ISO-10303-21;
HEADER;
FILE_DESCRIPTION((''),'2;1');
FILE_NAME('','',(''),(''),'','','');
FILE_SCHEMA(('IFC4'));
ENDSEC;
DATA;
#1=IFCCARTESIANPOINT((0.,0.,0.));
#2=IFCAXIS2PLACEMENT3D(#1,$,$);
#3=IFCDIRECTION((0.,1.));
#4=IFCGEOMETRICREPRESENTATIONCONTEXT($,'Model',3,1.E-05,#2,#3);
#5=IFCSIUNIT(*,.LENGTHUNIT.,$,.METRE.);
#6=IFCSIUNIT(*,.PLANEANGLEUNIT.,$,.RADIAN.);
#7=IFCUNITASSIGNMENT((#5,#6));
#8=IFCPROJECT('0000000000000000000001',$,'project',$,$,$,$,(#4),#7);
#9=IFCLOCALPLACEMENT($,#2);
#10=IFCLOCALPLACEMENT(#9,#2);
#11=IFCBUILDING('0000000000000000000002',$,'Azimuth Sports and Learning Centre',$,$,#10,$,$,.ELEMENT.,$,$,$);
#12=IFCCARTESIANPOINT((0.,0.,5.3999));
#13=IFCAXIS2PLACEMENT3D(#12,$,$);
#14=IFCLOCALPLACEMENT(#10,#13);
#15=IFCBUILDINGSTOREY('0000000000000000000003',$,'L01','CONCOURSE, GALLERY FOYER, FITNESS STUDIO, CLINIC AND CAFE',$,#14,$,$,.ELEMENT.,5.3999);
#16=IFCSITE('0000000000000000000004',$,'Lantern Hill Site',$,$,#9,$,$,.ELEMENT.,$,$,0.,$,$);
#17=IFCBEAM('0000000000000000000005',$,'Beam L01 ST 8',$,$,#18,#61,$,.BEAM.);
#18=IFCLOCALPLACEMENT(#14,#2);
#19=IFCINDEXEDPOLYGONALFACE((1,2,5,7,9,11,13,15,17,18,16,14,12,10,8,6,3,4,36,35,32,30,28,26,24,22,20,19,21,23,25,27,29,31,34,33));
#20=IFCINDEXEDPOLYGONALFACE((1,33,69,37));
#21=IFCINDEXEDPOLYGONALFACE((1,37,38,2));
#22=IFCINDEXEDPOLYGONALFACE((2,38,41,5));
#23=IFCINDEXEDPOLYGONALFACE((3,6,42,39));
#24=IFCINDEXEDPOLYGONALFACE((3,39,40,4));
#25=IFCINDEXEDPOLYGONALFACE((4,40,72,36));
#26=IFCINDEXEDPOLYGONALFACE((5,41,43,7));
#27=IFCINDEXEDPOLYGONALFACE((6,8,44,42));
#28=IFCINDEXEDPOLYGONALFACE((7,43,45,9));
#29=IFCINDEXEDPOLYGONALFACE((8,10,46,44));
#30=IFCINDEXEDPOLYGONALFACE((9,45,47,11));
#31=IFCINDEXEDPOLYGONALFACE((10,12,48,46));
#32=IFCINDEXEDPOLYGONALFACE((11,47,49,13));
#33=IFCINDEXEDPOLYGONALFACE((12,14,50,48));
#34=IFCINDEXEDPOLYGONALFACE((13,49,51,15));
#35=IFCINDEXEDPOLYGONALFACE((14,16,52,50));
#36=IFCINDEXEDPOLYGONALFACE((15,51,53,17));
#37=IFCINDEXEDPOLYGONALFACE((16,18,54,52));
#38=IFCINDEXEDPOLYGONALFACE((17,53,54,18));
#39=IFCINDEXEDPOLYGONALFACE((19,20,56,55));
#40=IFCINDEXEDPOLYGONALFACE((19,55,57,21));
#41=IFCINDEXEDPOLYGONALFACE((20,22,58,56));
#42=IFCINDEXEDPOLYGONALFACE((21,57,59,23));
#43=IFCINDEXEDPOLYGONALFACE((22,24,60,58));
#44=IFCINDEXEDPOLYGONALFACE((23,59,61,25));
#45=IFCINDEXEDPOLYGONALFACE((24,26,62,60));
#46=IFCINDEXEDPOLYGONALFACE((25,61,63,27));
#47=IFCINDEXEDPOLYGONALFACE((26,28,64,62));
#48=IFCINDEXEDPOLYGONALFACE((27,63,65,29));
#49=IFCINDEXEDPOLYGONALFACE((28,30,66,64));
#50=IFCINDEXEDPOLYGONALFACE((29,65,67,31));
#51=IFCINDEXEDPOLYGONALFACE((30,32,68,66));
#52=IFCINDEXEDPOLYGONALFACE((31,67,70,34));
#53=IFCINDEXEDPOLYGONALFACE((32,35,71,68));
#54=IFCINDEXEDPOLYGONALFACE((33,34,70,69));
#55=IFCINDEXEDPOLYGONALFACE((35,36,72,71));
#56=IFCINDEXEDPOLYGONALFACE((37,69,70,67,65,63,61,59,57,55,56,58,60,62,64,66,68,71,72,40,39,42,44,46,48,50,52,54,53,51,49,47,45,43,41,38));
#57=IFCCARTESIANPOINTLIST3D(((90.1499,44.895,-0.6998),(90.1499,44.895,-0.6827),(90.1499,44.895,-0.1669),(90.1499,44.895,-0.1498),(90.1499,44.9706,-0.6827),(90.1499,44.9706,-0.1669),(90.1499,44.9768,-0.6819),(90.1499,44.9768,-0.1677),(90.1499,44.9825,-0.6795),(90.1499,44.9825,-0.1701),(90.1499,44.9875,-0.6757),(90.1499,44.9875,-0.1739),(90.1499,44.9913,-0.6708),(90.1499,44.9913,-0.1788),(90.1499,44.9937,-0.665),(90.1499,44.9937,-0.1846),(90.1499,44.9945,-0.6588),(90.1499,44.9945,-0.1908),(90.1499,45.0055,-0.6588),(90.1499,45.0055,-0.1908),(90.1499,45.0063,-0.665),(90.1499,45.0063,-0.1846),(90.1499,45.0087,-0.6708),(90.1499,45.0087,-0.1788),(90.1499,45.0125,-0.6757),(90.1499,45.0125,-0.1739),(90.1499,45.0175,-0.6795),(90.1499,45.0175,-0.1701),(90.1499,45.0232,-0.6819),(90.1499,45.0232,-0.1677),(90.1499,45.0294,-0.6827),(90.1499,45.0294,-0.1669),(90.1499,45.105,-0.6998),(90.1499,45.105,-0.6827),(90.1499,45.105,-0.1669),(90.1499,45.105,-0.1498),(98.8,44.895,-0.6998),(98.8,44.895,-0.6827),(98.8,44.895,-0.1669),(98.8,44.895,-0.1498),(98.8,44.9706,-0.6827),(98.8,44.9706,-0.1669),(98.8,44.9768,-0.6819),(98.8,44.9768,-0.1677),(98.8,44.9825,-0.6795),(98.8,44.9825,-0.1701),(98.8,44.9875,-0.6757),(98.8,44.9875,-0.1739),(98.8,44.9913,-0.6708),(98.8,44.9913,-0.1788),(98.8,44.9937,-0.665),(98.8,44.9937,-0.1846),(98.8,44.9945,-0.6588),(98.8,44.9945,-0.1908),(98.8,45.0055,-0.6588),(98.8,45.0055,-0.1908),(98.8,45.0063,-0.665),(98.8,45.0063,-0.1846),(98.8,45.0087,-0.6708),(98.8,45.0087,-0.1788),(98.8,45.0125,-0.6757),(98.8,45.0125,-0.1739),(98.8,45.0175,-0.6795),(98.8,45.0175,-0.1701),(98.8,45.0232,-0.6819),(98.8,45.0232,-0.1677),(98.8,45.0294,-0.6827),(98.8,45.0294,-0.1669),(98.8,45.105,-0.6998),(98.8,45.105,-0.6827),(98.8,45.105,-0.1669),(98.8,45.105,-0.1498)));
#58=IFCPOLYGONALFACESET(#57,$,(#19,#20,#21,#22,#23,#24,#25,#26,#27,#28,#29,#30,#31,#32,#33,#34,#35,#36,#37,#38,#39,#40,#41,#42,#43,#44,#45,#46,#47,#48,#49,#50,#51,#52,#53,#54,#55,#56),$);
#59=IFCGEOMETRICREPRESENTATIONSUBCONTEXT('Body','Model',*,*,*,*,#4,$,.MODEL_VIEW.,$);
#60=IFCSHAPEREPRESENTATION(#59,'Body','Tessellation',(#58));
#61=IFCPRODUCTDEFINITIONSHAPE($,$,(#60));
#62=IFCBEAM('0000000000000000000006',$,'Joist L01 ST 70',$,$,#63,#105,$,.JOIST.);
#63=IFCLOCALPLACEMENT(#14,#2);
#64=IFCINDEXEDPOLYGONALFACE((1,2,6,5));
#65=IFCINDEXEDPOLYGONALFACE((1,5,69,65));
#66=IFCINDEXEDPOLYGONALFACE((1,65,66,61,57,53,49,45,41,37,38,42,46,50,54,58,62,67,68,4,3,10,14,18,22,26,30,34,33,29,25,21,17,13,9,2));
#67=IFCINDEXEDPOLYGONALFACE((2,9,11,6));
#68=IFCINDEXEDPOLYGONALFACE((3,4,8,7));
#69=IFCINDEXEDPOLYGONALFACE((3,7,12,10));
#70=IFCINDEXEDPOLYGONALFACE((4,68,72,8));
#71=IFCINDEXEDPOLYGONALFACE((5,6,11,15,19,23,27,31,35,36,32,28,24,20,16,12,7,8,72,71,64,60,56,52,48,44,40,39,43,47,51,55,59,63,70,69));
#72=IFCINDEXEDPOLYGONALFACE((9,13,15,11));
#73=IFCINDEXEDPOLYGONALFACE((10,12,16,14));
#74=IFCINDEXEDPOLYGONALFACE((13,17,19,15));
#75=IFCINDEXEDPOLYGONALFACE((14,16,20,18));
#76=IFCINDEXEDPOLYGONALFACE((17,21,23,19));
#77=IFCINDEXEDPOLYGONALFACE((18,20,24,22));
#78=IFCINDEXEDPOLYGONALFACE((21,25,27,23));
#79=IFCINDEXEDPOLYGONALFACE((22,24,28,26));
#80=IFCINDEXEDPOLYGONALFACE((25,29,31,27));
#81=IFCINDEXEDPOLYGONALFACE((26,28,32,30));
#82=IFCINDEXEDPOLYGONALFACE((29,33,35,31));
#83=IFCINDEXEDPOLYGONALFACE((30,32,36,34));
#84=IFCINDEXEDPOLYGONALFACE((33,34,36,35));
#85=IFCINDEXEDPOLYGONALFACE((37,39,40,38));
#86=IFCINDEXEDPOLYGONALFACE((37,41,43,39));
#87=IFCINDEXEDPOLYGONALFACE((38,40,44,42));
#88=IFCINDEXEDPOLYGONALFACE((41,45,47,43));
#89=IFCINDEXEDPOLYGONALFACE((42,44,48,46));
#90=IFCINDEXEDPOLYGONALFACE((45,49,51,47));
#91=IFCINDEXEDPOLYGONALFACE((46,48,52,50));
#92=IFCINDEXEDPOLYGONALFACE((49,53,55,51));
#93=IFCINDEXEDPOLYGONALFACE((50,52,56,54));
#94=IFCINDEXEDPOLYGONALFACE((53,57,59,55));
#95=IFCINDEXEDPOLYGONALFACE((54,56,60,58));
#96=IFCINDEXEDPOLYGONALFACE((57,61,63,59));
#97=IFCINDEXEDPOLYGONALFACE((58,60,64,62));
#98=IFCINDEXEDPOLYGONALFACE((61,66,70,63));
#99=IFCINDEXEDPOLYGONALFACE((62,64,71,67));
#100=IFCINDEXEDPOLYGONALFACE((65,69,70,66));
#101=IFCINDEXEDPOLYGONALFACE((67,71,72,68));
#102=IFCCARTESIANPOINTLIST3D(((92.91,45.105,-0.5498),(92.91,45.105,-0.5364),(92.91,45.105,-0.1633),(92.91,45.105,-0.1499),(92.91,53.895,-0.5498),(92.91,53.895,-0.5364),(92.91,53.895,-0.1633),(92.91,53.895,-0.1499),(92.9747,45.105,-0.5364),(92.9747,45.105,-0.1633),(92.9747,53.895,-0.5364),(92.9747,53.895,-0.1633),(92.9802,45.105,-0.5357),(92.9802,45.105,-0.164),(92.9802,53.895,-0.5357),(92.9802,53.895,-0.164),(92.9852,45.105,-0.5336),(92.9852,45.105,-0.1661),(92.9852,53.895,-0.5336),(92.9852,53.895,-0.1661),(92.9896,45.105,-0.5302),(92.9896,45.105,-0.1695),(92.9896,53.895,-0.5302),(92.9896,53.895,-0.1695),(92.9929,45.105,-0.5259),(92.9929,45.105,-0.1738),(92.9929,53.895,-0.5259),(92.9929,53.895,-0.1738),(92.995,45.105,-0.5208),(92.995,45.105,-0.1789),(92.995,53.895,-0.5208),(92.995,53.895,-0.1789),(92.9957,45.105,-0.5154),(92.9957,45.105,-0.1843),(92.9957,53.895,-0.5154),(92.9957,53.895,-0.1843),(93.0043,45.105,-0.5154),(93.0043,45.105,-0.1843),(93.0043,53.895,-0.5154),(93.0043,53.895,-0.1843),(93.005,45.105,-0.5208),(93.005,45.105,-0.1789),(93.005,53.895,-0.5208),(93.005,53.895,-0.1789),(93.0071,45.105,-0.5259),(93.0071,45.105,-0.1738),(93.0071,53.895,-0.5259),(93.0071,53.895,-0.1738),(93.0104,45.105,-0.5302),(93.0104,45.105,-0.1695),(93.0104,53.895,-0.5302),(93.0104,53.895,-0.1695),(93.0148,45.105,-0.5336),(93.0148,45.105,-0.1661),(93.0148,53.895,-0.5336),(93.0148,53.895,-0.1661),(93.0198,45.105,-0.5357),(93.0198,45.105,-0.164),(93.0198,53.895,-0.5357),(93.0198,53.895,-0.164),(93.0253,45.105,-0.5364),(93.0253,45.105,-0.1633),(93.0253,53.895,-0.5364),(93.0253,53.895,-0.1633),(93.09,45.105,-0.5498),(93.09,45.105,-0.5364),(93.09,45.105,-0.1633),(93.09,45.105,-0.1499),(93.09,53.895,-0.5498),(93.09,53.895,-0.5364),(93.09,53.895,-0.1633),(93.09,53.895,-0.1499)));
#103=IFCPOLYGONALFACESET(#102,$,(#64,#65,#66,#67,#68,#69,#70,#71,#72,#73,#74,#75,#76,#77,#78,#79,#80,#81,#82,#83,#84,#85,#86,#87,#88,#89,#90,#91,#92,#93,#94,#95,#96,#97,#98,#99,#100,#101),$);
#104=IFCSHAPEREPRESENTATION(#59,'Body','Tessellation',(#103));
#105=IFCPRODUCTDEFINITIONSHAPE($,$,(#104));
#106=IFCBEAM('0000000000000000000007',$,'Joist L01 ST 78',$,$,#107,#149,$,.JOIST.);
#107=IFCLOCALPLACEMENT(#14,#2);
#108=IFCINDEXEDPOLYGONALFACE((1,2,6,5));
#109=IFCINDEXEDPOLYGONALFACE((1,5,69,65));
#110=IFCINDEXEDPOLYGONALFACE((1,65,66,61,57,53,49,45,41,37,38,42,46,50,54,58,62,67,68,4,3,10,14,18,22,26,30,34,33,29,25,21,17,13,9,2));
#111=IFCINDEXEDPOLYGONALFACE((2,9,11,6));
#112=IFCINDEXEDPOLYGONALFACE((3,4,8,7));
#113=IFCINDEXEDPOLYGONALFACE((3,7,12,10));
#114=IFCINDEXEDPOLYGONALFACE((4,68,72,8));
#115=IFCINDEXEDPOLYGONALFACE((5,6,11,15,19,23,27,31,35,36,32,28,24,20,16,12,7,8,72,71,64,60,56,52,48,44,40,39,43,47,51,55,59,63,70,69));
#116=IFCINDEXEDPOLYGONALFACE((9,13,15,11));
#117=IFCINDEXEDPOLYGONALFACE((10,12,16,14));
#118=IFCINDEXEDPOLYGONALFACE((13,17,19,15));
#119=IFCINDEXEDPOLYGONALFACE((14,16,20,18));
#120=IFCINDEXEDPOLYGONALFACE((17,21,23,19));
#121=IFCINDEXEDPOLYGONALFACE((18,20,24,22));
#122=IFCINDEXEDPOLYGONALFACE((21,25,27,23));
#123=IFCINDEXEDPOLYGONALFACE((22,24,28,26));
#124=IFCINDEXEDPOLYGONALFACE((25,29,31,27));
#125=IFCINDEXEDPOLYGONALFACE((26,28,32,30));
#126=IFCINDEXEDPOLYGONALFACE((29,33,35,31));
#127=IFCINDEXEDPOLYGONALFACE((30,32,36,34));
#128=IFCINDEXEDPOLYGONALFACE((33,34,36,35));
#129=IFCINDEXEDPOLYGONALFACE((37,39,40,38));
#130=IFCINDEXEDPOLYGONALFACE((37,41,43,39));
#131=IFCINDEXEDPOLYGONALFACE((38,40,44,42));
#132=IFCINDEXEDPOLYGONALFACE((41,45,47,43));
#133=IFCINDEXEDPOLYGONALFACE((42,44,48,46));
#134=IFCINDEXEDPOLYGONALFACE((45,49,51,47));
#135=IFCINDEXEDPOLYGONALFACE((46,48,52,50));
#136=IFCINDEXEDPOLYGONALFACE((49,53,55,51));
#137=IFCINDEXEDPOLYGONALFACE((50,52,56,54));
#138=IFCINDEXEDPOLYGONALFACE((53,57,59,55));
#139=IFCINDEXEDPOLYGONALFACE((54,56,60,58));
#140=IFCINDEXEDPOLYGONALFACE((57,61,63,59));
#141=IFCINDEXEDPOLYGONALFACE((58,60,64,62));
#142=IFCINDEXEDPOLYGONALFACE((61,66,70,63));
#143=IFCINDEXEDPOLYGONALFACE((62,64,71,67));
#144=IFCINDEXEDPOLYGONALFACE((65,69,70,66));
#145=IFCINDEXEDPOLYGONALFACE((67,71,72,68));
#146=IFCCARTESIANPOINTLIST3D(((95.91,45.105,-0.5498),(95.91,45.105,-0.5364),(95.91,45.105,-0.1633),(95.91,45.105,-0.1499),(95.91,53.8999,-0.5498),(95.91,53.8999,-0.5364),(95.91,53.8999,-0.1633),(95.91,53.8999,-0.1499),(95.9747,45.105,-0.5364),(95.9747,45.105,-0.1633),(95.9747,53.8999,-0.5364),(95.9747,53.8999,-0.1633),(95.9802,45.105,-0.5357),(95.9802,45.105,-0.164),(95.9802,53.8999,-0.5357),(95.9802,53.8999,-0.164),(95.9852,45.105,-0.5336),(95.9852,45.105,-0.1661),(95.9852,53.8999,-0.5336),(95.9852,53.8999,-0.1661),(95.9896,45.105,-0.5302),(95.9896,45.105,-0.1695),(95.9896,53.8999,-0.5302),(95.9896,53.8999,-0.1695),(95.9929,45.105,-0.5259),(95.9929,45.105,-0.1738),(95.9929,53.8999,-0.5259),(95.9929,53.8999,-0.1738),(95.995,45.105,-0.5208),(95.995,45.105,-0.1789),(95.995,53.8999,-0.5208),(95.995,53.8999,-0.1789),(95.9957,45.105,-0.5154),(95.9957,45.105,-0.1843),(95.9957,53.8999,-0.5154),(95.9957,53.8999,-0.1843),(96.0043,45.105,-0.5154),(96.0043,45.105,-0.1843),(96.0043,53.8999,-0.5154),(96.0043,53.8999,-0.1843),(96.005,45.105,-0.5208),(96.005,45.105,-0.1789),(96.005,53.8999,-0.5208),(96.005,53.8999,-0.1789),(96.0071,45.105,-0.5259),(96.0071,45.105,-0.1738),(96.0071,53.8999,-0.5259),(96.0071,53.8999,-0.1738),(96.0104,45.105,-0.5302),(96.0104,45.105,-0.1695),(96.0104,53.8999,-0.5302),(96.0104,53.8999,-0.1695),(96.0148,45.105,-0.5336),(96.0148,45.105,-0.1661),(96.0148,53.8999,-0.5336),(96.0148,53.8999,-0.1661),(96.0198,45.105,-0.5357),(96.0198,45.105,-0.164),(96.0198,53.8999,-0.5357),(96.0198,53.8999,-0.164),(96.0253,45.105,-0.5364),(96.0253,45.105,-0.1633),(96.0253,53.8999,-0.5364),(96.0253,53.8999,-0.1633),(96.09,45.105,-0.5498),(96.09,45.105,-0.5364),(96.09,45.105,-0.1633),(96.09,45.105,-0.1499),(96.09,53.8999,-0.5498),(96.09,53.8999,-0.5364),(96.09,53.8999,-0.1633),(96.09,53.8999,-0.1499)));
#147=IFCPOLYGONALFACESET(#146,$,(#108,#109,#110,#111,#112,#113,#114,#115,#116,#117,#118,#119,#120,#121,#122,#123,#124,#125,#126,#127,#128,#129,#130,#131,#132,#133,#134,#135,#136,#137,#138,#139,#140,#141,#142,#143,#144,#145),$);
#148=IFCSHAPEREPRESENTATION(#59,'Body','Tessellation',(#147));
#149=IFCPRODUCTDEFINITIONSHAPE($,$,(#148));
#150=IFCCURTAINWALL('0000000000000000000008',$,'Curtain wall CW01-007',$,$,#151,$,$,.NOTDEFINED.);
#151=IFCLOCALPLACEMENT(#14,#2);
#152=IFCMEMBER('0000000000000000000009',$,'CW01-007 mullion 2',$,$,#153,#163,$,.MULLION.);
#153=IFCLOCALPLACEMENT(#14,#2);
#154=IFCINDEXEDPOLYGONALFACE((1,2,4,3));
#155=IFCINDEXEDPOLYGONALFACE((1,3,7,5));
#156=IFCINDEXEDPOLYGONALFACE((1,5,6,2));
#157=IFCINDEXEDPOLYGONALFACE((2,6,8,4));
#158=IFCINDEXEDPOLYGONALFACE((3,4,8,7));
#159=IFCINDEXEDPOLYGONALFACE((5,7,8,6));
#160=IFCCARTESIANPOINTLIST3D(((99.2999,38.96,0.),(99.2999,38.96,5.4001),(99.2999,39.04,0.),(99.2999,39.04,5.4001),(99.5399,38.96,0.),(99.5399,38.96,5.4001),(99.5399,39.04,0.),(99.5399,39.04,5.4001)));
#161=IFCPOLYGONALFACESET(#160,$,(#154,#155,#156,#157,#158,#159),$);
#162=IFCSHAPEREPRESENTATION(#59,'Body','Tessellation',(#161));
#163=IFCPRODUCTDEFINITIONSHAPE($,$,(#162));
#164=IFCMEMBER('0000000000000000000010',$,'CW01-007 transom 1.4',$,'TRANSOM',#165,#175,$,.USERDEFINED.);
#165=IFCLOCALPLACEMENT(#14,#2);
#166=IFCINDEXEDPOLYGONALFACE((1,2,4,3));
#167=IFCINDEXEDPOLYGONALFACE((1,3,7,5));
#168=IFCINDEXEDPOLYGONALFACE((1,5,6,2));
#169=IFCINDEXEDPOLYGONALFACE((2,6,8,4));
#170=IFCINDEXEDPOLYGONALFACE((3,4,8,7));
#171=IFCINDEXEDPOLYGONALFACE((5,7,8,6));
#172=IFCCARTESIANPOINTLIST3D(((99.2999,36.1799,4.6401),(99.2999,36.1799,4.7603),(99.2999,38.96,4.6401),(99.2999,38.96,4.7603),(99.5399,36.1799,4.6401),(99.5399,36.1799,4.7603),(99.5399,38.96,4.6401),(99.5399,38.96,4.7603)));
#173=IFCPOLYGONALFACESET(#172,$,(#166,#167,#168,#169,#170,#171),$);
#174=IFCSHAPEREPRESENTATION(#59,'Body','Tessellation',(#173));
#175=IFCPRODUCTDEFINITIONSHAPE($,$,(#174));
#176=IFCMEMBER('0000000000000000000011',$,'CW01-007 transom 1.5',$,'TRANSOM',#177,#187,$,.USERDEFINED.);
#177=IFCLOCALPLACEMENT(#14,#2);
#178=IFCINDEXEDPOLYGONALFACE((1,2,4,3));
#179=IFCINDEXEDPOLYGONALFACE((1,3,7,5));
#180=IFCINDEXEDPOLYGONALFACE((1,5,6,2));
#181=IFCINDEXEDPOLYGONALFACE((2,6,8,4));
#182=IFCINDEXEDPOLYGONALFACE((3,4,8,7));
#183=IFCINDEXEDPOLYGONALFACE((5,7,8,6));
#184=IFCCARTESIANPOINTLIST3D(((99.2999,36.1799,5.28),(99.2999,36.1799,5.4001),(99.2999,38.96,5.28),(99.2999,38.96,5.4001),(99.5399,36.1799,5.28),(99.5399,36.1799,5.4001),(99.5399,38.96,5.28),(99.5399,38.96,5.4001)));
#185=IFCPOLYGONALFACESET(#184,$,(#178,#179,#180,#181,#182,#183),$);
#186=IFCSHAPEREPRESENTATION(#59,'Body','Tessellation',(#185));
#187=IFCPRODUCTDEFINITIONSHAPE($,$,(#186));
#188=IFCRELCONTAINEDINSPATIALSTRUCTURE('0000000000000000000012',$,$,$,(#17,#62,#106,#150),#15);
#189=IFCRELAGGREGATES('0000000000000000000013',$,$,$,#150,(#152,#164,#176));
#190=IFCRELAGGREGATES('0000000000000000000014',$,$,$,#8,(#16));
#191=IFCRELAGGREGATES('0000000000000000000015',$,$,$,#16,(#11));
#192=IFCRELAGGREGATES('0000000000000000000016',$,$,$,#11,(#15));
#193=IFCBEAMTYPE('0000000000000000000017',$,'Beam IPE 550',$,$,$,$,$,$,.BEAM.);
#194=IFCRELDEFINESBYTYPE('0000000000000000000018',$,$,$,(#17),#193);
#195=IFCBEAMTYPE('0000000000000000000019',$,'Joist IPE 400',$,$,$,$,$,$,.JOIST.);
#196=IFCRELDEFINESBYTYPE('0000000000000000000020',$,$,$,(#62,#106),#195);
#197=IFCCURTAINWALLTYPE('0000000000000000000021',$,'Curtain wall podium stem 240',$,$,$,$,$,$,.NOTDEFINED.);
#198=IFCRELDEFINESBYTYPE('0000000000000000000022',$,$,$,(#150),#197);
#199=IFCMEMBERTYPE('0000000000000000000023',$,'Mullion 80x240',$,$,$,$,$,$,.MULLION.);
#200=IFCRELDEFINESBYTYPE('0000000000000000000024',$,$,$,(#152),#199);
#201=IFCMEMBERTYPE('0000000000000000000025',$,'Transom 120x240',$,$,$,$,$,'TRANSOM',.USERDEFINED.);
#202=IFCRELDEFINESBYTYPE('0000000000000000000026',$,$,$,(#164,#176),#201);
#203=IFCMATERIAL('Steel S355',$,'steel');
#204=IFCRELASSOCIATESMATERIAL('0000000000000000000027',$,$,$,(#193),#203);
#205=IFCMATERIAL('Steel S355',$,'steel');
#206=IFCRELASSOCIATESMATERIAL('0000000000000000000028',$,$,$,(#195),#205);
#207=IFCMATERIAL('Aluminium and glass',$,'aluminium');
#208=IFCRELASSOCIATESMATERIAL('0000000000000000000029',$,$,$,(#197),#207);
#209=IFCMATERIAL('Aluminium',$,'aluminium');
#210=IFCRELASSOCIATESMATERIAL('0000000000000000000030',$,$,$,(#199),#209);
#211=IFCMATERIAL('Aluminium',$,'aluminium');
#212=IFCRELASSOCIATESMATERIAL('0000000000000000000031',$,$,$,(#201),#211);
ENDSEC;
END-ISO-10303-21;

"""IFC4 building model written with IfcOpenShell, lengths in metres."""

from ifc_helpers import new_model, si_unit, direction, frame, origin, origin_2d, place, context, subcontext, project, spatial, rectangle, i_section, extrude, material, material_profile, profile_set, type_object, element, aggregate, save


model = new_model("IFC4")

# Units and contexts
model_context = context("Model", 3, precision=1e-05, world=origin(), true_north=direction((0.0, 1.0)))
body_context = subcontext(model_context, "Body", "Model", "MODEL_VIEW")
ifc_project = project(units=[si_unit("LENGTHUNIT", "METRE"), si_unit("PLANEANGLEUNIT", "RADIAN")], contexts=[model_context])

# Site, building, storey
site_placement = place(None, origin())
site = spatial("IfcSite", under=ifc_project, at=site_placement, Name="Lantern Hill Site", CompositionType="ELEMENT", RefElevation=0.0)
building_placement = place(site_placement, origin())
building = spatial("IfcBuilding", under=site, at=building_placement, Name="Azimuth Sports and Learning Centre", CompositionType="ELEMENT")
storey_placement = place(building_placement, frame((0.0, 0.0, 5.3999)))
storey = spatial("IfcBuildingStorey", under=building, at=storey_placement, Name="L01", Description="CONCOURSE, GALLERY FOYER, FITNESS STUDIO, CLINIC AND CAFE", CompositionType="ELEMENT", Elevation=5.3999)

# Beams
ifc_material_1 = material(Name="Steel S355", Category="steel")
ifc_material_profile_1 = material_profile(ifc_material_1, i_section(OverallWidth=0.21, OverallDepth=0.55, WebThickness=0.011, FlangeThickness=0.0171, FilletRadius=0.0239, at=origin_2d()), Name="IPE 550")
ifc_profile_set_1 = profile_set([ifc_material_profile_1], Name="Steel S355")
beam_type_1 = type_object("IfcBeamType", Name="Beam IPE 550", PredefinedType="BEAM", material=ifc_profile_set_1)
beam_1_placement = place(storey_placement, frame((90.1499, 45.0, -0.4248), z_axis=(1.0, 0.0, 0.0), x_axis=(0.0, 1.0, 0.0)))
element("IfcBeam", 1, at=beam_1_placement, inside=storey, type_object=beam_type_1, Name="Beam L01 ST 8", PredefinedType="BEAM", context=body_context, shape_type="SweptSolid", body=[
    extrude(i_section(OverallWidth=0.21, OverallDepth=0.55, WebThickness=0.011, FlangeThickness=0.0171, FilletRadius=0.0239, at=origin_2d()), origin(), (0.0, 0.0, 1.0), 8.6501),
])
ifc_material_2 = material(Name="Steel S355", Category="steel")
ifc_material_profile_2 = material_profile(ifc_material_2, i_section(OverallWidth=0.1799, OverallDepth=0.3999, WebThickness=0.0085, FlangeThickness=0.0134, FilletRadius=0.021, at=origin_2d()), Name="IPE 400")
ifc_profile_set_2 = profile_set([ifc_material_profile_2], Name="Steel S355")
beam_type_2 = type_object("IfcBeamType", Name="Joist IPE 400", PredefinedType="JOIST", material=ifc_profile_set_2)
beam_2_placement = place(storey_placement, frame((93.0, 45.105, -0.3499), z_axis=(0.0, 1.0, 0.0), x_axis=(-1.0, 0.0, 0.0)))
element("IfcBeam", 2, at=beam_2_placement, inside=storey, type_object=beam_type_2, Name="Joist L01 ST 70", PredefinedType="JOIST", context=body_context, shape_type="SweptSolid", body=[
    extrude(i_section(OverallWidth=0.1799, OverallDepth=0.3999, WebThickness=0.0085, FlangeThickness=0.0134, FilletRadius=0.021, at=origin_2d()), origin(), (0.0, 0.0, 1.0), 8.79),
])
beam_3_placement = place(storey_placement, frame((96.0, 45.105, -0.3499), z_axis=(0.0, 1.0, 0.0), x_axis=(-1.0, 0.0, 0.0)))
element("IfcBeam", 3, at=beam_3_placement, inside=storey, type_object=beam_type_2, Name="Joist L01 ST 78", PredefinedType="JOIST", context=body_context, shape_type="SweptSolid", body=[
    extrude(i_section(OverallWidth=0.1799, OverallDepth=0.3999, WebThickness=0.0085, FlangeThickness=0.0134, FilletRadius=0.021, at=origin_2d()), origin(), (0.0, 0.0, 1.0), 8.7949),
])

# Curtain wall, members
ifc_material_3 = material(Name="Aluminium and glass", Category="aluminium")
curtain_wall_type = type_object("IfcCurtainWallType", Name="Curtain wall podium stem 240", PredefinedType="NOTDEFINED", material=ifc_material_3)
curtain_wall_placement = place(storey_placement, origin())
curtain_wall = element("IfcCurtainWall", 4, at=curtain_wall_placement, inside=storey, type_object=curtain_wall_type, Name="Curtain wall CW01-007", PredefinedType="NOTDEFINED")
ifc_material_4 = material(Name="Aluminium", Category="aluminium")
ifc_material_profile_3 = material_profile(ifc_material_4, rectangle(XDim=0.24, YDim=0.0801, at=origin_2d()), Name="Mullion 80x240")
ifc_profile_set_3 = profile_set([ifc_material_profile_3], Name="Aluminium")
member_type_1 = type_object("IfcMemberType", Name="Mullion 80x240", PredefinedType="MULLION", material=ifc_profile_set_3)
member_1_placement = place(storey_placement, frame((99.4199, 39.0, 0.0), z_axis=(0.0, 0.0, 1.0), x_axis=(-1.0, 0.0, 0.0)))
member_1 = element("IfcMember", 5, at=member_1_placement, type_object=member_type_1, Name="CW01-007 mullion 2", PredefinedType="MULLION", context=body_context, shape_type="SweptSolid", body=[
    extrude(rectangle(XDim=0.24, YDim=0.0801, at=origin_2d()), origin(), (0.0, 0.0, 1.0), 5.4001),
])
ifc_material_5 = material(Name="Aluminium", Category="aluminium")
ifc_material_profile_4 = material_profile(ifc_material_5, rectangle(XDim=0.24, YDim=0.1201, at=origin_2d()), Name="Transom 120x240")
ifc_profile_set_4 = profile_set([ifc_material_profile_4], Name="Aluminium")
member_type_2 = type_object("IfcMemberType", Name="Transom 120x240", ElementType="TRANSOM", PredefinedType="USERDEFINED", material=ifc_profile_set_4)
member_2_placement = place(storey_placement, frame((99.4199, 36.1799, 4.7002), z_axis=(0.0, 1.0, 0.0), x_axis=(-1.0, 0.0, 0.0)))
member_2 = element("IfcMember", 6, at=member_2_placement, type_object=member_type_2, Name="CW01-007 transom 1.4", ObjectType="TRANSOM", PredefinedType="USERDEFINED", context=body_context, shape_type="SweptSolid", body=[
    extrude(rectangle(XDim=0.24, YDim=0.1201, at=origin_2d()), origin(), (0.0, 0.0, 1.0), 2.78),
])
member_3_placement = place(storey_placement, frame((99.4199, 36.1799, 5.3401), z_axis=(0.0, 1.0, 0.0), x_axis=(-1.0, 0.0, 0.0)))
member_3 = element("IfcMember", 7, at=member_3_placement, type_object=member_type_2, Name="CW01-007 transom 1.5", ObjectType="TRANSOM", PredefinedType="USERDEFINED", context=body_context, shape_type="SweptSolid", body=[
    extrude(rectangle(XDim=0.24, YDim=0.1201, at=origin_2d()), origin(), (0.0, 0.0, 1.0), 2.78),
])
aggregate(curtain_wall, [member_1, member_2, member_3])

save(model, "model.ifc")
